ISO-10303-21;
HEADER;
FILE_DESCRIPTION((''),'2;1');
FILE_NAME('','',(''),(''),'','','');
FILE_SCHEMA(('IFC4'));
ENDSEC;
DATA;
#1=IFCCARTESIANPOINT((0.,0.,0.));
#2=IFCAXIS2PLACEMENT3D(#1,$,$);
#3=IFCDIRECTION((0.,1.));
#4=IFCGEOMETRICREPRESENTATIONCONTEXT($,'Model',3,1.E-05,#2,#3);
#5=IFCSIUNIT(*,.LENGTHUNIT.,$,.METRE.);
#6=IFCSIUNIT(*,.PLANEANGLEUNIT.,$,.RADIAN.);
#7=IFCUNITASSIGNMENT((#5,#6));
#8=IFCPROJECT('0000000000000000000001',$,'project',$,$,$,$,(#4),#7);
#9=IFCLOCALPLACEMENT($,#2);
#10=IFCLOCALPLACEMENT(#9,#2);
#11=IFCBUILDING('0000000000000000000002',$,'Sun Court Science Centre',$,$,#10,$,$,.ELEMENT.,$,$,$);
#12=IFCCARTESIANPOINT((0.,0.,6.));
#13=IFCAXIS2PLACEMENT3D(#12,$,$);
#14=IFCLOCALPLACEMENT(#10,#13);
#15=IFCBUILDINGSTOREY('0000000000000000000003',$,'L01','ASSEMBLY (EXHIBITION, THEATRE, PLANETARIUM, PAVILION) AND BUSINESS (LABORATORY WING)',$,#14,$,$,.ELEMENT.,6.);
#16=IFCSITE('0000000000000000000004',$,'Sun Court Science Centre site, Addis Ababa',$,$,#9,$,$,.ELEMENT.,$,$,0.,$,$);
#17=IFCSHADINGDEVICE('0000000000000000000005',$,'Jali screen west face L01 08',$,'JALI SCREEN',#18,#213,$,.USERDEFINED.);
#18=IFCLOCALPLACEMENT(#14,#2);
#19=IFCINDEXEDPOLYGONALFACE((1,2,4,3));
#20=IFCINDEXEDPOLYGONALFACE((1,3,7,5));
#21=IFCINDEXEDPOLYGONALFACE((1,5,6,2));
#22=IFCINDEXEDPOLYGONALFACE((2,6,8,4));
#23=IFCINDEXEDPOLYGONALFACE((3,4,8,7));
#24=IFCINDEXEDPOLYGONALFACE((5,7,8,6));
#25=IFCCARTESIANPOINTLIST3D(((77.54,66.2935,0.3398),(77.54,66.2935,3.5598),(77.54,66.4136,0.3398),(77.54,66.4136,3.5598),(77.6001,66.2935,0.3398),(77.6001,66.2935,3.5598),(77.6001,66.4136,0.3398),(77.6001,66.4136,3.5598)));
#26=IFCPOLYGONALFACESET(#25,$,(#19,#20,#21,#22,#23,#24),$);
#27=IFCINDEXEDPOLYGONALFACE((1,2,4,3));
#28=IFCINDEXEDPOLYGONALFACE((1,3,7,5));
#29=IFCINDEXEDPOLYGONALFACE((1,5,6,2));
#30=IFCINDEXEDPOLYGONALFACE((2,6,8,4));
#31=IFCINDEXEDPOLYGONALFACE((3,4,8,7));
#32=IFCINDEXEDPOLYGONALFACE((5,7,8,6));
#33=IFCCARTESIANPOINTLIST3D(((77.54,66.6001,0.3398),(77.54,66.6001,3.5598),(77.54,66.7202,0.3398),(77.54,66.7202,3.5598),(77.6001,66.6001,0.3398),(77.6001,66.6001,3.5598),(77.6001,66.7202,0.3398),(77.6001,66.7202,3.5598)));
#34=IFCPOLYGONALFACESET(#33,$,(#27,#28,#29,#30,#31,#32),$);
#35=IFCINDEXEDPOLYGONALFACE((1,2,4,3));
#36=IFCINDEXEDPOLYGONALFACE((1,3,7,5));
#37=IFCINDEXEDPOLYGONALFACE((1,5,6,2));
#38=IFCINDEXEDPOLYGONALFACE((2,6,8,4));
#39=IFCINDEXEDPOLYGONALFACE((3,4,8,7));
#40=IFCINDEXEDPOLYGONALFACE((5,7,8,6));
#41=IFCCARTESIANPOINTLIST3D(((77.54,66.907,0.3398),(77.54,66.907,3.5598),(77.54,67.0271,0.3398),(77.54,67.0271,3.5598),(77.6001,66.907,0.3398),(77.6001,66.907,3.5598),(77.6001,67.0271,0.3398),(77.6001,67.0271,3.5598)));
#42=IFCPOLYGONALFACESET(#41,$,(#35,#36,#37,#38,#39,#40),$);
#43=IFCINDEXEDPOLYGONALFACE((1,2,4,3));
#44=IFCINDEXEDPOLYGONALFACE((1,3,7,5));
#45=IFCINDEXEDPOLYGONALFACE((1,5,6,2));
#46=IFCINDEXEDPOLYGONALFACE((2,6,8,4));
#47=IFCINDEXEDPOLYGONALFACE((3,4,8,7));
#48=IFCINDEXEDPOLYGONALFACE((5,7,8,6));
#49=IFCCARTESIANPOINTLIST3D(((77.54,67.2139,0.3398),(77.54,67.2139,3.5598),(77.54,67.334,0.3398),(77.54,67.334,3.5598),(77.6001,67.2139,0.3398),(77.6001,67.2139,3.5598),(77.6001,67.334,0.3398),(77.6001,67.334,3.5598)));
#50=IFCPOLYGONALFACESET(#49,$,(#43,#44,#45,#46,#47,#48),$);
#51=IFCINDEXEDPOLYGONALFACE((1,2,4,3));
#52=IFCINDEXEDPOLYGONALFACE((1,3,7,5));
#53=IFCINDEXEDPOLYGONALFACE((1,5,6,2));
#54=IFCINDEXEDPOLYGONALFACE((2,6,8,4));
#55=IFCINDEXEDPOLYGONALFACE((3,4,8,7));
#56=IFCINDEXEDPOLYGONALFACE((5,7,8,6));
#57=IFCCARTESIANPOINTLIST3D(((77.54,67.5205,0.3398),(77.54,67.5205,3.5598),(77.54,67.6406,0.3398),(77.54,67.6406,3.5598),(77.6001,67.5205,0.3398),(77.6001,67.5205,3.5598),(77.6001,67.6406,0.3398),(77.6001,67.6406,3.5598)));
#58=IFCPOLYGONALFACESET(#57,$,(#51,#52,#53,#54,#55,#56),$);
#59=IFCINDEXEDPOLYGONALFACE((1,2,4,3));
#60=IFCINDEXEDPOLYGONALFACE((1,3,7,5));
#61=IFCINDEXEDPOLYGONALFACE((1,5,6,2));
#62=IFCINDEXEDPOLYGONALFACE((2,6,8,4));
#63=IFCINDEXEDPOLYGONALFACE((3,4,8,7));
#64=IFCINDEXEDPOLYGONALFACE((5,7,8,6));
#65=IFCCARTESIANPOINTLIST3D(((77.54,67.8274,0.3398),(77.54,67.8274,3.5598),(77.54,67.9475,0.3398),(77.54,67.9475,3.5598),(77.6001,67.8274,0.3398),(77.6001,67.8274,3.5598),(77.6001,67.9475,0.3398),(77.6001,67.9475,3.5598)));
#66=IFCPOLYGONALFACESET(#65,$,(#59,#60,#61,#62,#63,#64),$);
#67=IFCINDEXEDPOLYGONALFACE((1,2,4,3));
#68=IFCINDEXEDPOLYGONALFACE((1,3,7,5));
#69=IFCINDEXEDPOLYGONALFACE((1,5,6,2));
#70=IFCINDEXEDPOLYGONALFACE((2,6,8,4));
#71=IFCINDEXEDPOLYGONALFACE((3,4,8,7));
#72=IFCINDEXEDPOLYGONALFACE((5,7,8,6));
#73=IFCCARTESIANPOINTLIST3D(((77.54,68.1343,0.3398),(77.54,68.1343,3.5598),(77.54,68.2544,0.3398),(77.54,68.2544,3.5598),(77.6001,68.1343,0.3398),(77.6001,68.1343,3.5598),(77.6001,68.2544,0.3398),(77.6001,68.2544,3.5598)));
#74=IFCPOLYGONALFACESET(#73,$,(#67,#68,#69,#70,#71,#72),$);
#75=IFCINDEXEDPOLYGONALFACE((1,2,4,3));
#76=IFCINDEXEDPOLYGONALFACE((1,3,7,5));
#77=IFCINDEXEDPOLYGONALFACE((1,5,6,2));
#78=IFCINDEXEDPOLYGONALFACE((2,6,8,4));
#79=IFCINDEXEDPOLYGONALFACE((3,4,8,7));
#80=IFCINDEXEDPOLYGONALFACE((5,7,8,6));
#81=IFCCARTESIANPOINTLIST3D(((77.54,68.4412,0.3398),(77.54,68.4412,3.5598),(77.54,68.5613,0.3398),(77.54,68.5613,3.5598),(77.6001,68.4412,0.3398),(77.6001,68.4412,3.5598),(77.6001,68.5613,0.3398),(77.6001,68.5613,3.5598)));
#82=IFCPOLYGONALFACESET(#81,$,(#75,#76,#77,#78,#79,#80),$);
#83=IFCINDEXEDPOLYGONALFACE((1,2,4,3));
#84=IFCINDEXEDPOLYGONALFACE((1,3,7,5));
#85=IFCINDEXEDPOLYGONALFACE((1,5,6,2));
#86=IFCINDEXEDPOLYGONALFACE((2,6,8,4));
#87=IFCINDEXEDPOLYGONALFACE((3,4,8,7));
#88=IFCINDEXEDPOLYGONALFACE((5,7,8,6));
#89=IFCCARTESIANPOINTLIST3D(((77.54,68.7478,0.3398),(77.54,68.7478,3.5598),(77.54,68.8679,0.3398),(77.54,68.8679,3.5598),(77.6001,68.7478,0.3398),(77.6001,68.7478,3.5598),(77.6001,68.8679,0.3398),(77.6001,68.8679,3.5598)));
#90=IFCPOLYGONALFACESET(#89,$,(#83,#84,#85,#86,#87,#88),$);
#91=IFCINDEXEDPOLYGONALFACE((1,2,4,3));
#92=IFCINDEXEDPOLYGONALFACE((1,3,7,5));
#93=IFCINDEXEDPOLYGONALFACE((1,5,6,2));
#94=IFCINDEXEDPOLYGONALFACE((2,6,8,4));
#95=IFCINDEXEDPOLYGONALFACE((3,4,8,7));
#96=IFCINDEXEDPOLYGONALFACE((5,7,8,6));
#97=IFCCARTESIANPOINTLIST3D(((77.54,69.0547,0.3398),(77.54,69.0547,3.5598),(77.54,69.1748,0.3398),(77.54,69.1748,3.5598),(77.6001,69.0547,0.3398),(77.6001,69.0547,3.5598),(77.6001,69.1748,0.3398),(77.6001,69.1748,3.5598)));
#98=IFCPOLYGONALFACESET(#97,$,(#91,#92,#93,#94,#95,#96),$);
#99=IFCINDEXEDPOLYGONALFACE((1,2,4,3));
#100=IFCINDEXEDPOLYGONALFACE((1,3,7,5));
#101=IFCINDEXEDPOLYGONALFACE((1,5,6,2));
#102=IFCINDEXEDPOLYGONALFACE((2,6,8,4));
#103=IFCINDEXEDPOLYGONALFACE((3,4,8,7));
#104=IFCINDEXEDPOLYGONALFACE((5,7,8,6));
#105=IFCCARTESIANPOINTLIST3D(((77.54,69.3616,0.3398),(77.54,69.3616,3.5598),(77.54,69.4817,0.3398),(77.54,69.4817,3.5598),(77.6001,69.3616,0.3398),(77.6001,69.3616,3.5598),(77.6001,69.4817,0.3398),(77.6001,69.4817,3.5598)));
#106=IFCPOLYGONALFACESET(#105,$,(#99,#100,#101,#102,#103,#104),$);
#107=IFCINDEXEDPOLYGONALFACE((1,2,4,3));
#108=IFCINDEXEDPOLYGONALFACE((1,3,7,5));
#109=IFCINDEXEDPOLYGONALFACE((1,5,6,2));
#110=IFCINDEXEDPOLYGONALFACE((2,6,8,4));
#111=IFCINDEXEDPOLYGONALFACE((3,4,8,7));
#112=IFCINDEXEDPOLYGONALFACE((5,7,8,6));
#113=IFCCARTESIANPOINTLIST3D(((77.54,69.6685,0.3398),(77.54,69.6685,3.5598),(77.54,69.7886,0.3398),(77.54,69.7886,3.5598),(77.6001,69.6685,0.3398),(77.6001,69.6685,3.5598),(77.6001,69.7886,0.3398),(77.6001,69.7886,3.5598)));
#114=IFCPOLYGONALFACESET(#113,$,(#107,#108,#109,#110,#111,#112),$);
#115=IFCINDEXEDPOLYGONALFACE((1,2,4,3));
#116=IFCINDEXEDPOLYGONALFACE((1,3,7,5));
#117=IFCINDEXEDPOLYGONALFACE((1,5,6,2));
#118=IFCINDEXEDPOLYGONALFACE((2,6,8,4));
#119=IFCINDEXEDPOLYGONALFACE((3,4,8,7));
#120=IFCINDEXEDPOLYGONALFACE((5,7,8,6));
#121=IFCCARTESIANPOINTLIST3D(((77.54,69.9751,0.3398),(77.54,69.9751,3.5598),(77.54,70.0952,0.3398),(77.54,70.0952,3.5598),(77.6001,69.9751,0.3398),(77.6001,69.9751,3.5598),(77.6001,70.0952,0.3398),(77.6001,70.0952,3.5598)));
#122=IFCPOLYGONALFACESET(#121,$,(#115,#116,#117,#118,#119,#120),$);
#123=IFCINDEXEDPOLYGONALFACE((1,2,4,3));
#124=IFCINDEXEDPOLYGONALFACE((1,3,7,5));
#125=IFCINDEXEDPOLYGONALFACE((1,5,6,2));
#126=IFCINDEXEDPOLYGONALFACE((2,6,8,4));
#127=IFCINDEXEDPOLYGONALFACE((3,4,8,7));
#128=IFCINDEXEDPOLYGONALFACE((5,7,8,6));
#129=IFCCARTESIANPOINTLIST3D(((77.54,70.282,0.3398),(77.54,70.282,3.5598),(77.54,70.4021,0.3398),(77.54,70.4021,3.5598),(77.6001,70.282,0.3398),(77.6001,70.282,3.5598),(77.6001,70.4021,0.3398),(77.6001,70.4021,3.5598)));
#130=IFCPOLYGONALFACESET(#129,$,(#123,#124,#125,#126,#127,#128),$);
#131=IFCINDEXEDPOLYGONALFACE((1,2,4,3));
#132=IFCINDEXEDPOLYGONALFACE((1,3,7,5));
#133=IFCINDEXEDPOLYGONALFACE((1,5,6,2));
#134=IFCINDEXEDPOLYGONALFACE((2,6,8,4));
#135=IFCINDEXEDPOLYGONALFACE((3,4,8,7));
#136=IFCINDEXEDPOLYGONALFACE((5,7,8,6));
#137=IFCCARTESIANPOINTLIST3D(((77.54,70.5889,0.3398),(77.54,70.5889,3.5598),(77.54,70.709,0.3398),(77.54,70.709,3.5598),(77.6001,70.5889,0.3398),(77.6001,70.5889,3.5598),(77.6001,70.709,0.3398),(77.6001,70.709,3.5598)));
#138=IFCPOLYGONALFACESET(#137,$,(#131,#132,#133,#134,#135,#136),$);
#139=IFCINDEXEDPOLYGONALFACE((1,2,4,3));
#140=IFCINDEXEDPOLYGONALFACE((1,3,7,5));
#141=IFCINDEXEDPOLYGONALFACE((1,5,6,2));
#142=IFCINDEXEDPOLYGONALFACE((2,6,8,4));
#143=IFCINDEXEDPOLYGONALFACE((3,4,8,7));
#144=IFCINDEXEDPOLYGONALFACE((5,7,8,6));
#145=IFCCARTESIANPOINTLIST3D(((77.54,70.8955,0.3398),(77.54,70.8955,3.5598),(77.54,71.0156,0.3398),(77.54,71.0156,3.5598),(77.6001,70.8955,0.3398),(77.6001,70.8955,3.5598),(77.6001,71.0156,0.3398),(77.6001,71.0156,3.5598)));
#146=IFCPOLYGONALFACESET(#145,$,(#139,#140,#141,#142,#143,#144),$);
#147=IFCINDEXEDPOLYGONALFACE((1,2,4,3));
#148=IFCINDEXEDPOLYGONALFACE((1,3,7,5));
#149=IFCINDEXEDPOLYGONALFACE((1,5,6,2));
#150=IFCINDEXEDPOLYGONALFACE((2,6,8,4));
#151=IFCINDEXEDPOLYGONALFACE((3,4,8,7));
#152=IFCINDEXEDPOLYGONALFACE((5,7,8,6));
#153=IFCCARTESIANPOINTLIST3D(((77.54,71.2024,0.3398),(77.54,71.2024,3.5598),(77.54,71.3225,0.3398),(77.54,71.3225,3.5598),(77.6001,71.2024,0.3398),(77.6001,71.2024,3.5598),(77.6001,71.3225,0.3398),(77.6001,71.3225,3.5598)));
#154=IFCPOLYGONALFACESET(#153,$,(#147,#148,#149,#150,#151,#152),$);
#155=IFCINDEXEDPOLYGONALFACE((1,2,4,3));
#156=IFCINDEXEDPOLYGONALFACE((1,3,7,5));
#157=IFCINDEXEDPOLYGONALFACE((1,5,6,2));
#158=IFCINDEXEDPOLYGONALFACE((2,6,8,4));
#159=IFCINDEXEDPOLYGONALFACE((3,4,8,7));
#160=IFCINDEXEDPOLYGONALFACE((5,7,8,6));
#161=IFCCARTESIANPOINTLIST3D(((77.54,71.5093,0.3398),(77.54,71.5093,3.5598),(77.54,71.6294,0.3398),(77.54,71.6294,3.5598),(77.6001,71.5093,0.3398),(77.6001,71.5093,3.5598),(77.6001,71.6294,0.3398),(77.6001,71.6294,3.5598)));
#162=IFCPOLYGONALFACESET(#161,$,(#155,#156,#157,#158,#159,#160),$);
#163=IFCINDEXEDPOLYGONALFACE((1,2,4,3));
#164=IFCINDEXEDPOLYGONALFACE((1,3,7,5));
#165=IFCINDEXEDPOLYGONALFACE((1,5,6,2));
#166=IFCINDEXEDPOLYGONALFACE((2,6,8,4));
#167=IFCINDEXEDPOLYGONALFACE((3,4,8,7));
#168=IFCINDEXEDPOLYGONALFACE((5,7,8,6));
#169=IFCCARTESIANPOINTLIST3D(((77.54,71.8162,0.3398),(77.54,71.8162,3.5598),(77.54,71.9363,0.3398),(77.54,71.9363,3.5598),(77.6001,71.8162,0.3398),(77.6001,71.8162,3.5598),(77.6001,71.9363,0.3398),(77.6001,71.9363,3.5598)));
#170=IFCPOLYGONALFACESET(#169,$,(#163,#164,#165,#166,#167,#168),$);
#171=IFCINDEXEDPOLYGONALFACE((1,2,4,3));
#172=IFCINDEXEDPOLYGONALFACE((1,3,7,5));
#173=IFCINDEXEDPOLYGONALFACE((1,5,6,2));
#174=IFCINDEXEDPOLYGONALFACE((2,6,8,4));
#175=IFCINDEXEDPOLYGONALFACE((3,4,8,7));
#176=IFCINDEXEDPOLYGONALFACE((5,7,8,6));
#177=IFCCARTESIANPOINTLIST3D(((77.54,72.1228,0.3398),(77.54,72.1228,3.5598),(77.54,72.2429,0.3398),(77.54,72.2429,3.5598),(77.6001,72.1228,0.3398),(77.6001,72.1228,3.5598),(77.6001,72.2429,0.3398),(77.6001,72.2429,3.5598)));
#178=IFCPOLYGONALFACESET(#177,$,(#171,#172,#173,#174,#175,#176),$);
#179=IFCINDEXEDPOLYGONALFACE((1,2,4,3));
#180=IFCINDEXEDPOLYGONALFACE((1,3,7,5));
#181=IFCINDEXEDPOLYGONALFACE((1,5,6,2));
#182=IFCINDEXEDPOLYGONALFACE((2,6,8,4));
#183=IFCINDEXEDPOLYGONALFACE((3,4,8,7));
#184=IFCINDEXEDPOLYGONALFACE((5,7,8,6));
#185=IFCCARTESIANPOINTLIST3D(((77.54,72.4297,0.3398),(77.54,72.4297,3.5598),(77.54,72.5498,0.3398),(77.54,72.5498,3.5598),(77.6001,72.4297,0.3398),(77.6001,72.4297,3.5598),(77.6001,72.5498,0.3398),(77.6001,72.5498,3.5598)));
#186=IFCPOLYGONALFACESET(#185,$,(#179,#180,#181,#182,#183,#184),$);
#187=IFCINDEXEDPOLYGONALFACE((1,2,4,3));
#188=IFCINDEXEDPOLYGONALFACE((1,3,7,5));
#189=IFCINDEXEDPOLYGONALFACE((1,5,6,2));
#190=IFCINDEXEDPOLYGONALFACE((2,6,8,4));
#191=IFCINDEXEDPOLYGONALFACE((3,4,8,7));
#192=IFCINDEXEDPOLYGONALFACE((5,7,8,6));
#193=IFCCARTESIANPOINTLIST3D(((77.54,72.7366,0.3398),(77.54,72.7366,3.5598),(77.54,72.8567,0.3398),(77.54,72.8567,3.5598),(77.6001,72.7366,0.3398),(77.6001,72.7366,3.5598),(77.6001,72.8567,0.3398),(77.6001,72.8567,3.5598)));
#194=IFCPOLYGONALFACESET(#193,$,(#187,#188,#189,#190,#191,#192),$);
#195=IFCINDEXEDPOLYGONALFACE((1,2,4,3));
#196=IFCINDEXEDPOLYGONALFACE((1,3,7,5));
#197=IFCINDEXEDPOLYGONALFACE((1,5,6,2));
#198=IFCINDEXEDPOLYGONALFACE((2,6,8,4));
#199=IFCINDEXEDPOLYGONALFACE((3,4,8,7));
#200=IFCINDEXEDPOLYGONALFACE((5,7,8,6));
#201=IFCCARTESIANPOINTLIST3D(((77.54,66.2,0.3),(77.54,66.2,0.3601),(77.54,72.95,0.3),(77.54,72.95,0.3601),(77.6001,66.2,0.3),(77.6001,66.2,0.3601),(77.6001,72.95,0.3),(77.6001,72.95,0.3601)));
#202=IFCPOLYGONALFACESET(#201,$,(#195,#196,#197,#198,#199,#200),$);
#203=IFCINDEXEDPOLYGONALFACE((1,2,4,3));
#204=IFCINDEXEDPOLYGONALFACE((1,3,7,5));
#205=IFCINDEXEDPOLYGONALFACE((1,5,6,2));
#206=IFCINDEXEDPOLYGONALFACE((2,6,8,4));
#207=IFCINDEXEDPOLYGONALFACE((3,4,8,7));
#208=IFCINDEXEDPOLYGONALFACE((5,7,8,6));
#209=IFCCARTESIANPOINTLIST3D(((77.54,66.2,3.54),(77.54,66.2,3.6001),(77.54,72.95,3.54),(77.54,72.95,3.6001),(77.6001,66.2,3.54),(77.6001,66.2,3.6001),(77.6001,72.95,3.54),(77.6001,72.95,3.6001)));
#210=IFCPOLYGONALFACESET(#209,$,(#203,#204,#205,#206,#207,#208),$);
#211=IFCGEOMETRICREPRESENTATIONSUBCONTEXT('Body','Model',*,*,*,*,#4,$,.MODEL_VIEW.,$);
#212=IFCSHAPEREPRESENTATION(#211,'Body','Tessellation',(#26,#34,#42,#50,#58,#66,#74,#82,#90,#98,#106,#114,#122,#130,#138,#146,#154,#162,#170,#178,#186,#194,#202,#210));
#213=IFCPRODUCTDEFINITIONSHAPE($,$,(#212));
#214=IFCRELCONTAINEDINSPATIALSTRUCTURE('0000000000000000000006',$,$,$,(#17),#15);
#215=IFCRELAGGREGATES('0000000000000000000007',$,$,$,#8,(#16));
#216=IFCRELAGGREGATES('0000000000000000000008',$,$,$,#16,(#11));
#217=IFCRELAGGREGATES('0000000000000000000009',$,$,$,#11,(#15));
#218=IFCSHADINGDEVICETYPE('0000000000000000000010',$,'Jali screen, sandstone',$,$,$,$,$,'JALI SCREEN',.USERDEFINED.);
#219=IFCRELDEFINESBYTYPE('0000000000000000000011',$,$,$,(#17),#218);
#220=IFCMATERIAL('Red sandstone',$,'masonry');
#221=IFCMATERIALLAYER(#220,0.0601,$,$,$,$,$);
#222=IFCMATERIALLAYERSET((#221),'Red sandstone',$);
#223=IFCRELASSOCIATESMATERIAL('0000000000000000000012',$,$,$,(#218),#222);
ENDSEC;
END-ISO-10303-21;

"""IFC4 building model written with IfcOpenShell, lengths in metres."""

from ifc_helpers import new_model, si_unit, direction, frame, origin, origin_2d, place, context, subcontext, project, spatial, rectangle, extrude, material, layer, layer_set, type_object, element, save


model = new_model("IFC4")

# Units and contexts
model_context = context("Model", 3, precision=1e-05, world=origin(), true_north=direction((0.0, 1.0)))
body_context = subcontext(model_context, "Body", "Model", "MODEL_VIEW")
ifc_project = project(units=[si_unit("LENGTHUNIT", "METRE"), si_unit("PLANEANGLEUNIT", "RADIAN")], contexts=[model_context])

# Site, building, storey
site_placement = place(None, origin())
site = spatial("IfcSite", under=ifc_project, at=site_placement, Name="Sun Court Science Centre site, Addis Ababa", CompositionType="ELEMENT", RefElevation=0.0)
building_placement = place(site_placement, origin())
building = spatial("IfcBuilding", under=site, at=building_placement, Name="Sun Court Science Centre", CompositionType="ELEMENT")
storey_placement = place(building_placement, frame((0.0, 0.0, 6.0)))
storey = spatial("IfcBuildingStorey", under=building, at=storey_placement, Name="L01", Description="ASSEMBLY (EXHIBITION, THEATRE, PLANETARIUM, PAVILION) AND BUSINESS (LABORATORY WING)", CompositionType="ELEMENT", Elevation=6.0)

# Shading device
ifc_material_1 = material(Name="Red sandstone", Category="masonry")
ifc_layer_1 = layer(ifc_material_1, 0.0601)
ifc_layer_set_1 = layer_set([ifc_layer_1], Name="Red sandstone")
shading_device_type = type_object("IfcShadingDeviceType", Name="Jali screen, sandstone", ElementType="JALI SCREEN", PredefinedType="USERDEFINED", material=ifc_layer_set_1)
shading_device_1_placement = place(storey_placement, frame((0.0, 0.0, -6.0)))
element("IfcShadingDevice", 1, at=shading_device_1_placement, inside=storey, type_object=shading_device_type, Name="Jali screen west face L01 08", ObjectType="JALI SCREEN", PredefinedType="USERDEFINED", context=body_context, shape_type="SweptSolid", body=[
    extrude(rectangle(XDim=0.1201, YDim=0.0601, at=origin_2d()), frame((77.5701, 66.3535, 6.3398), z_axis=(0.0, 0.0, 1.0), x_axis=(0.0, 1.0, 0.0)), (0.0, 0.0, 1.0), 3.22),
    extrude(rectangle(XDim=0.1201, YDim=0.0601, at=origin_2d()), frame((77.5701, 66.6602, 6.3398), z_axis=(0.0, 0.0, 1.0), x_axis=(0.0, 1.0, 0.0)), (0.0, 0.0, 1.0), 3.22),
    extrude(rectangle(XDim=0.1201, YDim=0.0601, at=origin_2d()), frame((77.5701, 66.967, 6.3398), z_axis=(0.0, 0.0, 1.0), x_axis=(0.0, 1.0, 0.0)), (0.0, 0.0, 1.0), 3.22),
    extrude(rectangle(XDim=0.1201, YDim=0.0601, at=origin_2d()), frame((77.5701, 67.2739, 6.3398), z_axis=(0.0, 0.0, 1.0), x_axis=(0.0, 1.0, 0.0)), (0.0, 0.0, 1.0), 3.22),
    extrude(rectangle(XDim=0.1201, YDim=0.0601, at=origin_2d()), frame((77.5701, 67.5806, 6.3398), z_axis=(0.0, 0.0, 1.0), x_axis=(0.0, 1.0, 0.0)), (0.0, 0.0, 1.0), 3.22),
    extrude(rectangle(XDim=0.1201, YDim=0.0601, at=origin_2d()), frame((77.5701, 67.8875, 6.3398), z_axis=(0.0, 0.0, 1.0), x_axis=(0.0, 1.0, 0.0)), (0.0, 0.0, 1.0), 3.22),
    extrude(rectangle(XDim=0.1201, YDim=0.0601, at=origin_2d()), frame((77.5701, 68.1943, 6.3398), z_axis=(0.0, 0.0, 1.0), x_axis=(0.0, 1.0, 0.0)), (0.0, 0.0, 1.0), 3.22),
    extrude(rectangle(XDim=0.1201, YDim=0.0601, at=origin_2d()), frame((77.5701, 68.5012, 6.3398), z_axis=(0.0, 0.0, 1.0), x_axis=(0.0, 1.0, 0.0)), (0.0, 0.0, 1.0), 3.22),
    extrude(rectangle(XDim=0.1201, YDim=0.0601, at=origin_2d()), frame((77.5701, 68.8079, 6.3398), z_axis=(0.0, 0.0, 1.0), x_axis=(0.0, 1.0, 0.0)), (0.0, 0.0, 1.0), 3.22),
    extrude(rectangle(XDim=0.1201, YDim=0.0601, at=origin_2d()), frame((77.5701, 69.1147, 6.3398), z_axis=(0.0, 0.0, 1.0), x_axis=(0.0, 1.0, 0.0)), (0.0, 0.0, 1.0), 3.22),
    extrude(rectangle(XDim=0.1201, YDim=0.0601, at=origin_2d()), frame((77.5701, 69.4216, 6.3398), z_axis=(0.0, 0.0, 1.0), x_axis=(0.0, 1.0, 0.0)), (0.0, 0.0, 1.0), 3.22),
    extrude(rectangle(XDim=0.1201, YDim=0.0601, at=origin_2d()), frame((77.5701, 69.7285, 6.3398), z_axis=(0.0, 0.0, 1.0), x_axis=(0.0, 1.0, 0.0)), (0.0, 0.0, 1.0), 3.22),
    extrude(rectangle(XDim=0.1201, YDim=0.0601, at=origin_2d()), frame((77.5701, 70.0352, 6.3398), z_axis=(0.0, 0.0, 1.0), x_axis=(0.0, 1.0, 0.0)), (0.0, 0.0, 1.0), 3.22),
    extrude(rectangle(XDim=0.1201, YDim=0.0601, at=origin_2d()), frame((77.5701, 70.342, 6.3398), z_axis=(0.0, 0.0, 1.0), x_axis=(0.0, 1.0, 0.0)), (0.0, 0.0, 1.0), 3.22),
    extrude(rectangle(XDim=0.1201, YDim=0.0601, at=origin_2d()), frame((77.5701, 70.6489, 6.3398), z_axis=(0.0, 0.0, 1.0), x_axis=(0.0, 1.0, 0.0)), (0.0, 0.0, 1.0), 3.22),
    extrude(rectangle(XDim=0.1201, YDim=0.0601, at=origin_2d()), frame((77.5701, 70.9556, 6.3398), z_axis=(0.0, 0.0, 1.0), x_axis=(0.0, 1.0, 0.0)), (0.0, 0.0, 1.0), 3.22),
    extrude(rectangle(XDim=0.1201, YDim=0.0601, at=origin_2d()), frame((77.5701, 71.2625, 6.3398), z_axis=(0.0, 0.0, 1.0), x_axis=(0.0, 1.0, 0.0)), (0.0, 0.0, 1.0), 3.22),
    extrude(rectangle(XDim=0.1201, YDim=0.0601, at=origin_2d()), frame((77.5701, 71.5693, 6.3398), z_axis=(0.0, 0.0, 1.0), x_axis=(0.0, 1.0, 0.0)), (0.0, 0.0, 1.0), 3.22),
    extrude(rectangle(XDim=0.1201, YDim=0.0601, at=origin_2d()), frame((77.5701, 71.8762, 6.3398), z_axis=(0.0, 0.0, 1.0), x_axis=(0.0, 1.0, 0.0)), (0.0, 0.0, 1.0), 3.22),
    extrude(rectangle(XDim=0.1201, YDim=0.0601, at=origin_2d()), frame((77.5701, 72.1829, 6.3398), z_axis=(0.0, 0.0, 1.0), x_axis=(0.0, 1.0, 0.0)), (0.0, 0.0, 1.0), 3.22),
    extrude(rectangle(XDim=0.1201, YDim=0.0601, at=origin_2d()), frame((77.5701, 72.4897, 6.3398), z_axis=(0.0, 0.0, 1.0), x_axis=(0.0, 1.0, 0.0)), (0.0, 0.0, 1.0), 3.22),
    extrude(rectangle(XDim=0.1201, YDim=0.0601, at=origin_2d()), frame((77.5701, 72.7966, 6.3398), z_axis=(0.0, 0.0, 1.0), x_axis=(0.0, 1.0, 0.0)), (0.0, 0.0, 1.0), 3.22),
    extrude(rectangle(XDim=6.75, YDim=0.0601, at=origin_2d()), frame((77.5701, 69.575, 6.3), z_axis=(0.0, 0.0, 1.0), x_axis=(0.0, 1.0, 0.0)), (0.0, 0.0, 1.0), 0.0601),
    extrude(rectangle(XDim=6.75, YDim=0.0601, at=origin_2d()), frame((77.5701, 69.575, 9.54), z_axis=(0.0, 0.0, 1.0), x_axis=(0.0, 1.0, 0.0)), (0.0, 0.0, 1.0), 0.0601),
])

save(model, "model.ifc")
